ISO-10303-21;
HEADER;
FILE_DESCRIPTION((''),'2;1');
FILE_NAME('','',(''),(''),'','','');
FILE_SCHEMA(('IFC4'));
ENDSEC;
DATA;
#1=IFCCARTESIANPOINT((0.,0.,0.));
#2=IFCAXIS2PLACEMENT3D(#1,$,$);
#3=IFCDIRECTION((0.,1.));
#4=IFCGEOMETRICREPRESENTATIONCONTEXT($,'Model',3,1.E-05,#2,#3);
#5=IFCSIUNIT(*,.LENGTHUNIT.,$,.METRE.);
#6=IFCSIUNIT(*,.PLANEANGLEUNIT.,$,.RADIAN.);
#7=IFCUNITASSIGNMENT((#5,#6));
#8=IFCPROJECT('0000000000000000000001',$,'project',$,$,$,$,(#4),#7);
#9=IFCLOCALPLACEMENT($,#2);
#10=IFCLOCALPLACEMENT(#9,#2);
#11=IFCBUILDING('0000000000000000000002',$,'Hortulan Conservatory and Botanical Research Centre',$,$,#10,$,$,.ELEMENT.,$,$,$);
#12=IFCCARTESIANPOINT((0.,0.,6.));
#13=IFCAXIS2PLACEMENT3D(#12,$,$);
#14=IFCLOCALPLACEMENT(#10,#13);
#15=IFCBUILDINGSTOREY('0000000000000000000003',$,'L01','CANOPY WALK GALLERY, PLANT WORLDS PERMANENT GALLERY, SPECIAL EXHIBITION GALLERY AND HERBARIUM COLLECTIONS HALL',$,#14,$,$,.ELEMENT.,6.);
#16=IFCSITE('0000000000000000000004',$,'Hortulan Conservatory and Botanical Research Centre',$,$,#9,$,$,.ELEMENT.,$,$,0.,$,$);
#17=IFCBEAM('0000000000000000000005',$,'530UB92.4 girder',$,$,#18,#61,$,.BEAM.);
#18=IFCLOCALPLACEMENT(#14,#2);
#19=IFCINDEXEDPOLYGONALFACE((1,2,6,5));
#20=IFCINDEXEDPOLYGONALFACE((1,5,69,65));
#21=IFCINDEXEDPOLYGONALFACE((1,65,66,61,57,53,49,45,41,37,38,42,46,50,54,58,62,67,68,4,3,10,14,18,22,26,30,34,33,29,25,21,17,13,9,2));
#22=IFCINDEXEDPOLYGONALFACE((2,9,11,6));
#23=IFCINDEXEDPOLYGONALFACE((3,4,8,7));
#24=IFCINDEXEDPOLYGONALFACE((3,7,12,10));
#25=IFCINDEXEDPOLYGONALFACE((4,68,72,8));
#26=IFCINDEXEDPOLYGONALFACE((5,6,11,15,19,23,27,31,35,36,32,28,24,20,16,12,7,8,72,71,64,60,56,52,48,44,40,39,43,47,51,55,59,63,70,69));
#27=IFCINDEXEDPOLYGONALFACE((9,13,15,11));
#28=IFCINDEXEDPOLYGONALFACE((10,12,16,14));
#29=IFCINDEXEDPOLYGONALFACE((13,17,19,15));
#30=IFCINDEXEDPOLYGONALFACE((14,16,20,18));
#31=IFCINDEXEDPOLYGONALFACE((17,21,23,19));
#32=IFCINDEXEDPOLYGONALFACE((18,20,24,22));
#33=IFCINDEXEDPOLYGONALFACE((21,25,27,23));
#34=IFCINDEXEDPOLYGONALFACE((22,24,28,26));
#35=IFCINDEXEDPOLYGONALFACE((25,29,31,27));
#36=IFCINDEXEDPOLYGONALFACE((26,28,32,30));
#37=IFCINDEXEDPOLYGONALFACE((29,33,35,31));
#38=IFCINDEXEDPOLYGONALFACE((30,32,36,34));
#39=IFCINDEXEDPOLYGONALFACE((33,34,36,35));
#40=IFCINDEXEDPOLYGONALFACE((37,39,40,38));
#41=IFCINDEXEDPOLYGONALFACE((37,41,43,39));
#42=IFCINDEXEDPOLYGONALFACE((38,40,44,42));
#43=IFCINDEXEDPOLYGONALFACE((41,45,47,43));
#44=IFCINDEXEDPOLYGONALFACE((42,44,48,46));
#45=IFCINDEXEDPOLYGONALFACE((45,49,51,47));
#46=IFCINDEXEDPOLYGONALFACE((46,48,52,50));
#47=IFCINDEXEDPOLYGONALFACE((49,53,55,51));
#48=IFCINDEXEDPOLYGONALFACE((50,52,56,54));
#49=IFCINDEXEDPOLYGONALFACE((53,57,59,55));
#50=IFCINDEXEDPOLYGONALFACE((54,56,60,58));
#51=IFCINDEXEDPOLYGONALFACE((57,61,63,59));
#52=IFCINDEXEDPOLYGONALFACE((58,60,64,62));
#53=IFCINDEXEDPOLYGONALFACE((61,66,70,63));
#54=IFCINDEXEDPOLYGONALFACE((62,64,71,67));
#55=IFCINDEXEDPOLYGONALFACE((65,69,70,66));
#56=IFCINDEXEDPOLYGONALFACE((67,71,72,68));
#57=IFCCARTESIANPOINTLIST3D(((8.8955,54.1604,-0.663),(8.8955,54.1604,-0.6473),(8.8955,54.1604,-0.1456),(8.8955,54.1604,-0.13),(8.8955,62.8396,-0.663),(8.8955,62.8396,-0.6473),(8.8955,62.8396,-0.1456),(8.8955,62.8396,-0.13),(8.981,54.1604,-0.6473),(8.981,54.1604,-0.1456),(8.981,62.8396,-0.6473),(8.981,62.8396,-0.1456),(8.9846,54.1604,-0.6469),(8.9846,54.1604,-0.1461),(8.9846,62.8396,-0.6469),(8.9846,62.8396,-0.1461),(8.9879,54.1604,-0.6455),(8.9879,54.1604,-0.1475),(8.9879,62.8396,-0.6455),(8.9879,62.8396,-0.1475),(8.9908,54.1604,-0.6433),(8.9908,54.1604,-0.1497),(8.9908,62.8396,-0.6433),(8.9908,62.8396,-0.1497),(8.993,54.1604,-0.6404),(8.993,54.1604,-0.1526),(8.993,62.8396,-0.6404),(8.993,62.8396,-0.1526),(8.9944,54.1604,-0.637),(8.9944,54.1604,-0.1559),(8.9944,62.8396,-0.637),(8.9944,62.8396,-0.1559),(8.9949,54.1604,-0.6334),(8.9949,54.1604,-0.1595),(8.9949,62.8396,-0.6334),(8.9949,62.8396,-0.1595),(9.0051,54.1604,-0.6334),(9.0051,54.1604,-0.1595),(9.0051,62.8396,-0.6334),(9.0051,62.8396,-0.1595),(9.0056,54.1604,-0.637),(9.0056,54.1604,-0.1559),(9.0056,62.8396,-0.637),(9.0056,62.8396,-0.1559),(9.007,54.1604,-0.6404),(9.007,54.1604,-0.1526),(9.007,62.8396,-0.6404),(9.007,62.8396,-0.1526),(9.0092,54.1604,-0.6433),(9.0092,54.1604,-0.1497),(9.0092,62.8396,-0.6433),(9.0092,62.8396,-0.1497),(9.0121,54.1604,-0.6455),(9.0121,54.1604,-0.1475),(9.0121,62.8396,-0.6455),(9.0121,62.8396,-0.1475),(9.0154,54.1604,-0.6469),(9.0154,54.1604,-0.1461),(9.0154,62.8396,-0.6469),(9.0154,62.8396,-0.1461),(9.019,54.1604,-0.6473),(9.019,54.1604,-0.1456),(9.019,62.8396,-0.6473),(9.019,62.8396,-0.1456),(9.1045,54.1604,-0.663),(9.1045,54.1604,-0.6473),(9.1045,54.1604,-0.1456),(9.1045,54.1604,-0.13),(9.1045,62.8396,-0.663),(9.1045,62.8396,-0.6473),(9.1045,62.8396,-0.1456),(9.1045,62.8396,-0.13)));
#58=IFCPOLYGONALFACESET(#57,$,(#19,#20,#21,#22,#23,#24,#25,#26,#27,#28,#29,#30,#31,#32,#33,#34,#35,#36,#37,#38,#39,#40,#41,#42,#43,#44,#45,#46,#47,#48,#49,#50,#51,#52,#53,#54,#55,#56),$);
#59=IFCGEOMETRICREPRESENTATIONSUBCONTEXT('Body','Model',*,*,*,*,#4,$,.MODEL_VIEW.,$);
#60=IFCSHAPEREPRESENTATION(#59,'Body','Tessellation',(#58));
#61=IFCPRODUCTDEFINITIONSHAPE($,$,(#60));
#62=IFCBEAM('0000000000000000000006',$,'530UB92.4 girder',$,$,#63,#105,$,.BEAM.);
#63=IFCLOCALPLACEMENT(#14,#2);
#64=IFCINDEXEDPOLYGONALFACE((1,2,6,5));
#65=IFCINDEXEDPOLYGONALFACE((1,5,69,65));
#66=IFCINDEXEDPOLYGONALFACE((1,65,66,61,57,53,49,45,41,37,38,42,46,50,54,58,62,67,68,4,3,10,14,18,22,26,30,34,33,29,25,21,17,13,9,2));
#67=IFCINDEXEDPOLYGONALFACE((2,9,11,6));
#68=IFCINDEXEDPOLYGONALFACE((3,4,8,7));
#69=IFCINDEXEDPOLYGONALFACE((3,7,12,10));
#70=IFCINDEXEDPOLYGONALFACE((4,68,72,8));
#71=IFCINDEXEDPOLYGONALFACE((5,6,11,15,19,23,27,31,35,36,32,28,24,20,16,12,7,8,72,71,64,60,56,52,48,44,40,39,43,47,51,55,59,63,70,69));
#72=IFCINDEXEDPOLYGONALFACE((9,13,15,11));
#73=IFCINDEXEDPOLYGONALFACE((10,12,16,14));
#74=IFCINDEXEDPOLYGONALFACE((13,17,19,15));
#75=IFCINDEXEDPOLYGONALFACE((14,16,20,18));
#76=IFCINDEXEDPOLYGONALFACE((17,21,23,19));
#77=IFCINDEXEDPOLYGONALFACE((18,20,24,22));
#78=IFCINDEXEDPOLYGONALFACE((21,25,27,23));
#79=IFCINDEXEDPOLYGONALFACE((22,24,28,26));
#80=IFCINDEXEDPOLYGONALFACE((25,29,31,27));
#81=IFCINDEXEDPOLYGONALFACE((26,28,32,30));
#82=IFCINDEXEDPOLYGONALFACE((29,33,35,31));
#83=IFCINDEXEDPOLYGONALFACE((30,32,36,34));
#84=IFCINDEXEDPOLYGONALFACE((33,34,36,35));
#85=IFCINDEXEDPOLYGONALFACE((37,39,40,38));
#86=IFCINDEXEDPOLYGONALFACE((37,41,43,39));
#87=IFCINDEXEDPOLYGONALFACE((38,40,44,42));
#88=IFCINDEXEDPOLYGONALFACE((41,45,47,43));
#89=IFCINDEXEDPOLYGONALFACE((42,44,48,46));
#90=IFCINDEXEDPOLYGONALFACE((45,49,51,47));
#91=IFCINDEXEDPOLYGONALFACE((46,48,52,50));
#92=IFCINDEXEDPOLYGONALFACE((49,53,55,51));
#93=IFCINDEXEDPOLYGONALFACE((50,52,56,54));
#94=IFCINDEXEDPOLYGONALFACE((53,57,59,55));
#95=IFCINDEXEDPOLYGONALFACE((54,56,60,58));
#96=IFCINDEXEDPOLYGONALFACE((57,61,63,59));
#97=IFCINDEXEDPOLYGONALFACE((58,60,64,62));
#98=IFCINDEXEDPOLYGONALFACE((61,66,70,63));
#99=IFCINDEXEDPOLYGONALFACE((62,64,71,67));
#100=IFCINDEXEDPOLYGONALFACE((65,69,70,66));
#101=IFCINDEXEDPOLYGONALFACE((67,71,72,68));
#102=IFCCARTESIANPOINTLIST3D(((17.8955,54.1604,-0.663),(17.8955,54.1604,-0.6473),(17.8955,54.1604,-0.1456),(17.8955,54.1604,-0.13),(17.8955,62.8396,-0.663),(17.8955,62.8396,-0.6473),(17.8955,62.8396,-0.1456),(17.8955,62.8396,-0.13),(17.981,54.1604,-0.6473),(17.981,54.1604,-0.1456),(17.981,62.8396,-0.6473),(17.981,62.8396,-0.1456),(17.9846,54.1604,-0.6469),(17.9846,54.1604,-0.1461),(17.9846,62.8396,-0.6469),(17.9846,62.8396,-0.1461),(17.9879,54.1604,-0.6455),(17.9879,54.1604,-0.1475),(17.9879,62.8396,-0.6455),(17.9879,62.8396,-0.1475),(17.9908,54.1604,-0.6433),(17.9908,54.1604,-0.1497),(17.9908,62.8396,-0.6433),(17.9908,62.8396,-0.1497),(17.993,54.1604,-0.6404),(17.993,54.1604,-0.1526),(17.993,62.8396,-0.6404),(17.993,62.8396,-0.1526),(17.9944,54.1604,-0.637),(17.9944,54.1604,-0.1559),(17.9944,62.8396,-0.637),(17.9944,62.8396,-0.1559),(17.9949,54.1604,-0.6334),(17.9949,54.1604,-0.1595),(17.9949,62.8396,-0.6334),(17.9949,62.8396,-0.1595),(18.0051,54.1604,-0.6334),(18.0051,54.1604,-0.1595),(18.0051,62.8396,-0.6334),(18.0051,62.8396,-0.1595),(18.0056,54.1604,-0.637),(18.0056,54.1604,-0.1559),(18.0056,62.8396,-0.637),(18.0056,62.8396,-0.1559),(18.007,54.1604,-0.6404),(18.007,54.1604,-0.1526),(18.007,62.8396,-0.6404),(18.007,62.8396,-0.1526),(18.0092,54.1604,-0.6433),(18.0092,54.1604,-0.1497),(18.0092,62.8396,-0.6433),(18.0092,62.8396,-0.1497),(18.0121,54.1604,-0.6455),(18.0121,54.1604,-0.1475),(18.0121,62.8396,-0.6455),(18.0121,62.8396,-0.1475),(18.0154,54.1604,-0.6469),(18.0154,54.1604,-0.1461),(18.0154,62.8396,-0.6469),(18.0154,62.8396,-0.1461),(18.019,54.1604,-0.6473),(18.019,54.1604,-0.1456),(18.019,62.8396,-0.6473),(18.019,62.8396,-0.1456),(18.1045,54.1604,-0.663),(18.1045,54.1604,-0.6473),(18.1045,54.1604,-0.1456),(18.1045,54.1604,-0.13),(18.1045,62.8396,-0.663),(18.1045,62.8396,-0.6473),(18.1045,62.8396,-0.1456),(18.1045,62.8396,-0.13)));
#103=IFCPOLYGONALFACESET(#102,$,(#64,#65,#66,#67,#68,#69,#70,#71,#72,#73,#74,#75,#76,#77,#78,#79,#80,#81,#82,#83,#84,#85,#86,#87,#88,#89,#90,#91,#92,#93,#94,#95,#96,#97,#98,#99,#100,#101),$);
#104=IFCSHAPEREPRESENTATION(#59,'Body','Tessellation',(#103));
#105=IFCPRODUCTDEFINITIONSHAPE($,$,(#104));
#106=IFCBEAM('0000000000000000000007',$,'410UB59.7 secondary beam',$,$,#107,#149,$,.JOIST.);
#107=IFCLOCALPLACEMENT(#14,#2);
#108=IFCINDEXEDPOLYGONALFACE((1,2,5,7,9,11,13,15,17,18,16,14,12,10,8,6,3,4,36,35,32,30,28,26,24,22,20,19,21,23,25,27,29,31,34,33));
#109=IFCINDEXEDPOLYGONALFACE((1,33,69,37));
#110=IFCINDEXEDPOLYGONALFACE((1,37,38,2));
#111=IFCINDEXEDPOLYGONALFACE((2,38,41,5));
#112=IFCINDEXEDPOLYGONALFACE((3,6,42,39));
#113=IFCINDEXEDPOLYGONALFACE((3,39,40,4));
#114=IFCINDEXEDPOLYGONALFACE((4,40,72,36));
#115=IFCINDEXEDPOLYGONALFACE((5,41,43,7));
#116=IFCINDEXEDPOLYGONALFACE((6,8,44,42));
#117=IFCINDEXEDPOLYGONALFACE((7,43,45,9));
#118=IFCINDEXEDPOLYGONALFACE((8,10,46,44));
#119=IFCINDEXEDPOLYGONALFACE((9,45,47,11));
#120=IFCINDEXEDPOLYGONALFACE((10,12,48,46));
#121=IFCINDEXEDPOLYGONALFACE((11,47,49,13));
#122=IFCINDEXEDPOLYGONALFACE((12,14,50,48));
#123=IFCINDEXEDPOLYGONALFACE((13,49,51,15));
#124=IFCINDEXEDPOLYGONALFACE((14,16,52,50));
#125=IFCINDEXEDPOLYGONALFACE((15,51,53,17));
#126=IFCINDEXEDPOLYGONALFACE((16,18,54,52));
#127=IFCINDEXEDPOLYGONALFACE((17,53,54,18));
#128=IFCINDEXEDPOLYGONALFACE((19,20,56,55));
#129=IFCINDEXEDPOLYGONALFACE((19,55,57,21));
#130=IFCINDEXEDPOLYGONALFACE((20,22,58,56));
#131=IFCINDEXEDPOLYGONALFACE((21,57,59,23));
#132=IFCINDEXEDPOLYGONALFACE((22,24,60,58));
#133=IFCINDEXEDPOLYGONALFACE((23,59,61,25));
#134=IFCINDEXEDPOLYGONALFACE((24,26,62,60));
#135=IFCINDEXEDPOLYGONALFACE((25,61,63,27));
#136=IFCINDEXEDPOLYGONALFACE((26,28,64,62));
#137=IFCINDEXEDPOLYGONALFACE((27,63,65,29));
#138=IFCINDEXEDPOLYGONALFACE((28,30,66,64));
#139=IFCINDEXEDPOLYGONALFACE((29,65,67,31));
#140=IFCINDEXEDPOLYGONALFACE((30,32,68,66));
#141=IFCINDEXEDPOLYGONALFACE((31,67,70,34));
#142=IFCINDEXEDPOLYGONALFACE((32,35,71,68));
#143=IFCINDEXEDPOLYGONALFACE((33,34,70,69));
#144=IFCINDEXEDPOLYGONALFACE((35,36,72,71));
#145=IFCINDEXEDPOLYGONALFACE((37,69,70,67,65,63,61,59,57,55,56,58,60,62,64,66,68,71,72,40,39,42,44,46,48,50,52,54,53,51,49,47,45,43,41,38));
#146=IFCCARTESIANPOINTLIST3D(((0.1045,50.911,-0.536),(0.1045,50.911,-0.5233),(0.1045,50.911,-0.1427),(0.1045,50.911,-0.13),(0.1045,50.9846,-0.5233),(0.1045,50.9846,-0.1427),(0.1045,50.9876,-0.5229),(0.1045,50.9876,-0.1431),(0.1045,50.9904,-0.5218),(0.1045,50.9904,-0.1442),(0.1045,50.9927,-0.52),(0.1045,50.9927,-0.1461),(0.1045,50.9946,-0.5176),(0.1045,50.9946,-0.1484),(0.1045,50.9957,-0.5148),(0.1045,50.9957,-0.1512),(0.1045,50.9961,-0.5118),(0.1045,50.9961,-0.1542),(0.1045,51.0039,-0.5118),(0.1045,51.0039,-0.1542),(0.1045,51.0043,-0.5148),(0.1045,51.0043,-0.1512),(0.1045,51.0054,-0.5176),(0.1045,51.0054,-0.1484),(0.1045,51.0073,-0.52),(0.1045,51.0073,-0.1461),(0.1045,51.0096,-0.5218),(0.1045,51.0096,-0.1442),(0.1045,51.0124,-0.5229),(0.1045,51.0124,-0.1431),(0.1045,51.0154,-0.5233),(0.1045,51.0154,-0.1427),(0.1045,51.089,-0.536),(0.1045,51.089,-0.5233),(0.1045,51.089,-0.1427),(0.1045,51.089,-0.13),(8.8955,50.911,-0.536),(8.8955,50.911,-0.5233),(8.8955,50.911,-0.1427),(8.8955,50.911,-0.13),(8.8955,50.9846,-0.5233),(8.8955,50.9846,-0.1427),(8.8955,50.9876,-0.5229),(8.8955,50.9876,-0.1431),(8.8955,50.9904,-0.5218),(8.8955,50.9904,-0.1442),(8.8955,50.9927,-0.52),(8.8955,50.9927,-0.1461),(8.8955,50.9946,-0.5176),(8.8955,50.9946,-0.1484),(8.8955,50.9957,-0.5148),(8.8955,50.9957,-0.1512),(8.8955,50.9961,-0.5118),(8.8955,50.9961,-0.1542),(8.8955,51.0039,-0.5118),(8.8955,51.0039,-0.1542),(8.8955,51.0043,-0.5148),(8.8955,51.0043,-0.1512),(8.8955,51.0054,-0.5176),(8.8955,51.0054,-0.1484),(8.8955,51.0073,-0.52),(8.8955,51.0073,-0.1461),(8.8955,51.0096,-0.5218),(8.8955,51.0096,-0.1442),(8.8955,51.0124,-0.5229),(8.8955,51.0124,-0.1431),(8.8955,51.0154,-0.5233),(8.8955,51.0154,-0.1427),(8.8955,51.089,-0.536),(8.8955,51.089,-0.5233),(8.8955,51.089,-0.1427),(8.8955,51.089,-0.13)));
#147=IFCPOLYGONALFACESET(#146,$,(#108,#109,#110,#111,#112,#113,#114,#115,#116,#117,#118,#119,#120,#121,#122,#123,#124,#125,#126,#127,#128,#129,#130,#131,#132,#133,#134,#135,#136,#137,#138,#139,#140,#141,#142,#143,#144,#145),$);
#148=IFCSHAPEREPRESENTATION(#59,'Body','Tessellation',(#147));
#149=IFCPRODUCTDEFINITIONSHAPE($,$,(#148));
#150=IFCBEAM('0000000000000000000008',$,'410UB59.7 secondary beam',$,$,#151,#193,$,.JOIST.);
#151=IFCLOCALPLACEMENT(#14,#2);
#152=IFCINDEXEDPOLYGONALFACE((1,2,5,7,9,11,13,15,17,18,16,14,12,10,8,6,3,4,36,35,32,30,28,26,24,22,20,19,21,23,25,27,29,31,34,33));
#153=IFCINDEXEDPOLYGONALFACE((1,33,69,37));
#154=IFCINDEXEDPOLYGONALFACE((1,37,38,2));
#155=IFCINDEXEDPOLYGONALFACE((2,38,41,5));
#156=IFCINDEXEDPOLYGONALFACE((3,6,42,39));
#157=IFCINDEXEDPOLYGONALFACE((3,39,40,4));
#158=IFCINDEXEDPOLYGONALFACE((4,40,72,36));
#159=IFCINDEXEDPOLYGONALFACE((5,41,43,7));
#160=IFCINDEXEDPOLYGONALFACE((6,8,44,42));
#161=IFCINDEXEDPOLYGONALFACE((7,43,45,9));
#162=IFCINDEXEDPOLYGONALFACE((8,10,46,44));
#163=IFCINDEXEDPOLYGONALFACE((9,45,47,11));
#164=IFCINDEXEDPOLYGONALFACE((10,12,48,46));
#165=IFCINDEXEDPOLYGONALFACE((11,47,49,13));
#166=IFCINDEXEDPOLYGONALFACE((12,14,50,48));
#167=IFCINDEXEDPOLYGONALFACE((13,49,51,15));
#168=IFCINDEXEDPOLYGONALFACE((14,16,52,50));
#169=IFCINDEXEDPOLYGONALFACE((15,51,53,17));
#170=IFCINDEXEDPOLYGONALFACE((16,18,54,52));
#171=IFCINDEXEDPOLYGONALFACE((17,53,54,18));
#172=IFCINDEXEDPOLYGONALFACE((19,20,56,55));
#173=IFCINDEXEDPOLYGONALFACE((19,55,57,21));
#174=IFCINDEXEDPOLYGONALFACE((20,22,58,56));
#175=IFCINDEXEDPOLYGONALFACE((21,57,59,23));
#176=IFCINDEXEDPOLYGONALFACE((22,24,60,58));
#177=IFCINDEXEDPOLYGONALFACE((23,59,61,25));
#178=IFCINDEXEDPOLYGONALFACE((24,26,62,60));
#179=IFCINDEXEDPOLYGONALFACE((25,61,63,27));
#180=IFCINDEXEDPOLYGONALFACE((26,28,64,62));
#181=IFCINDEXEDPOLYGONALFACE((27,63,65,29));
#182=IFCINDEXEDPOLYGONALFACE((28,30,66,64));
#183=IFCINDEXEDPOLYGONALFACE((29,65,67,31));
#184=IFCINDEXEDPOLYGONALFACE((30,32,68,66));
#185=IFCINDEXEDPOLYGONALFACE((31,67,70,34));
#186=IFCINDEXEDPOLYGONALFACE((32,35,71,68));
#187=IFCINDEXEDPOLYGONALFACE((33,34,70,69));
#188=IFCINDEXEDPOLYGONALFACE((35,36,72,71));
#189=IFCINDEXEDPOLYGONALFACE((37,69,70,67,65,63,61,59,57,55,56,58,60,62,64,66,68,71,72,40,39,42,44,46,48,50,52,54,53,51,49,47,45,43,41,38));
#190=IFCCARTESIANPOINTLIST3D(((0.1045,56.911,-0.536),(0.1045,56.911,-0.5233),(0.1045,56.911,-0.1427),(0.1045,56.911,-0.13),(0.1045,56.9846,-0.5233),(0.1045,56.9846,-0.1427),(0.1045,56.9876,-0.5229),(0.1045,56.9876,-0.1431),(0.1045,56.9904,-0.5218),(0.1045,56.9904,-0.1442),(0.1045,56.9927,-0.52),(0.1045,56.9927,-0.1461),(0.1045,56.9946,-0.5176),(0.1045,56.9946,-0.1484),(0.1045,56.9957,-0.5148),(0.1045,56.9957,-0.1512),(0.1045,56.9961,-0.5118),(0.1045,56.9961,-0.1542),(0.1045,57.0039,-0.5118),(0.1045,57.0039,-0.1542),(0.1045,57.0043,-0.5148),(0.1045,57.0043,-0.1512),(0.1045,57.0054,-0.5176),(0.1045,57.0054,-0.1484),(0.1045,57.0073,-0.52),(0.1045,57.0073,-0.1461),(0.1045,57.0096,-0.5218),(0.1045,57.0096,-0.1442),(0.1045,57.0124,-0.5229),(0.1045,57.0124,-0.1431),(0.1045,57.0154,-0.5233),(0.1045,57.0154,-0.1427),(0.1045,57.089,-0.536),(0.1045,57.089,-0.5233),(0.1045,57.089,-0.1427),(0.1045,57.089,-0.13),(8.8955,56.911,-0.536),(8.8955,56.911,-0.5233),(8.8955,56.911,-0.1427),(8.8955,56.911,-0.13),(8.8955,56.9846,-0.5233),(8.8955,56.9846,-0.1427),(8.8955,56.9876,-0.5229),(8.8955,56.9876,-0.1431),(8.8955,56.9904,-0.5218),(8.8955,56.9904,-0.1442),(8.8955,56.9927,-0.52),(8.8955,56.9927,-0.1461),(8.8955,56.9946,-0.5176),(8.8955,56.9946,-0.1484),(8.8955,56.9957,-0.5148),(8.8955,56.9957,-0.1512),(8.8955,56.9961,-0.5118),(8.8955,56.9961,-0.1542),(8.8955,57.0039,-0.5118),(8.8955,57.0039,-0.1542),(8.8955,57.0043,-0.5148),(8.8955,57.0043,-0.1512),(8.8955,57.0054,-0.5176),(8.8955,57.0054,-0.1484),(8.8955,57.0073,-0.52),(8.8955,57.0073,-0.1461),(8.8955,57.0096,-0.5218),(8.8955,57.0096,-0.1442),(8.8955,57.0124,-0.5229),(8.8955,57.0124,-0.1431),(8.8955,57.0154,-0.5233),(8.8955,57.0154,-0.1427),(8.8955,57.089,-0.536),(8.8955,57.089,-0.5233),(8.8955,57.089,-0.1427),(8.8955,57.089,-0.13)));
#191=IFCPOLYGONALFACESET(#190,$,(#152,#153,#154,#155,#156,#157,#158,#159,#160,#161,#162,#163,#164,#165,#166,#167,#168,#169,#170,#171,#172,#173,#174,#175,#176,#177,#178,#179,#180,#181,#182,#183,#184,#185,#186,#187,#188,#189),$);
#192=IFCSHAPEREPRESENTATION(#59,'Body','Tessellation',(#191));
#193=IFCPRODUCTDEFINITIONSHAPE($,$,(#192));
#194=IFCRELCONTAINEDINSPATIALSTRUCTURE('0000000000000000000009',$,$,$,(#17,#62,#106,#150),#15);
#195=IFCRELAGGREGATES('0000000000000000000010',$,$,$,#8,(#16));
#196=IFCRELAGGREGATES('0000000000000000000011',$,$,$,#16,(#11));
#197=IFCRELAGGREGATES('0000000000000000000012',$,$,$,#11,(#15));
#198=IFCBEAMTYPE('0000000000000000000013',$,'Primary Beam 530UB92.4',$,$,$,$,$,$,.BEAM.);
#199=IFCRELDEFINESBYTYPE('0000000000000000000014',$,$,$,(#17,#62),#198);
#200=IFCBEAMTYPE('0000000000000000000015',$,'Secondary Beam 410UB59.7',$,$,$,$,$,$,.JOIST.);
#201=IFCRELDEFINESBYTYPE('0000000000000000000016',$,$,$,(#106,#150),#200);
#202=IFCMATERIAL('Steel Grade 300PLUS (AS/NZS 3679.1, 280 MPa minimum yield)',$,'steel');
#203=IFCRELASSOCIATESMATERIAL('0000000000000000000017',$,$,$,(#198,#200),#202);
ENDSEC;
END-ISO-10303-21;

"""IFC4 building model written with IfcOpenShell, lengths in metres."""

from ifc_helpers import new_model, si_unit, direction, frame, origin, origin_2d, place, context, subcontext, project, spatial, i_section, extrude, material, material_profile, profile_set, type_object, element, save


model = new_model("IFC4")

# Units and contexts
model_context = context("Model", 3, precision=1e-05, world=origin(), true_north=direction((0.0, 1.0)))
body_context = subcontext(model_context, "Body", "Model", "MODEL_VIEW")
ifc_project = project(units=[si_unit("LENGTHUNIT", "METRE"), si_unit("PLANEANGLEUNIT", "RADIAN")], contexts=[model_context])

# Site, building, storey
site_placement = place(None, origin())
site = spatial("IfcSite", under=ifc_project, at=site_placement, Name="Hortulan Conservatory and Botanical Research Centre", CompositionType="ELEMENT", RefElevation=0.0)
building_placement = place(site_placement, origin())
building = spatial("IfcBuilding", under=site, at=building_placement, Name="Hortulan Conservatory and Botanical Research Centre", CompositionType="ELEMENT")
storey_placement = place(building_placement, frame((0.0, 0.0, 6.0)))
storey = spatial("IfcBuildingStorey", under=building, at=storey_placement, Name="L01", Description="CANOPY WALK GALLERY, PLANT WORLDS PERMANENT GALLERY, SPECIAL EXHIBITION GALLERY AND HERBARIUM COLLECTIONS HALL", CompositionType="ELEMENT", Elevation=6.0)

# Shared definitions
ifc_material_1 = material(Name="Steel Grade 300PLUS (AS/NZS 3679.1, 280 MPa minimum yield)", Category="steel")

# Beams
ifc_material_profile_1 = material_profile(ifc_material_1, i_section(OverallWidth=0.209, OverallDepth=0.533, WebThickness=0.0103, FlangeThickness=0.0156, FilletRadius=0.0139, at=origin_2d()), Name="530UB92.4")
ifc_profile_set_1 = profile_set([ifc_material_profile_1], Name="Steel Grade 300PLUS (AS/NZS 3679.1, 280 MPa minimum yield)")
beam_type_1 = type_object("IfcBeamType", Name="Primary Beam 530UB92.4", PredefinedType="BEAM", material=ifc_profile_set_1)
for number, where, z_axis, x_axis, name in (
    (1, (9.0, 54.1604, -0.3965), (0.0, 1.0, 0.0), (-1.0, 0.0, 0.0), "530UB92.4 girder"),
    (2, (18.0, 54.1604, -0.3965), (0.0, 1.0, 0.0), (-1.0, 0.0, 0.0), "530UB92.4 girder"),
):
    element("IfcBeam", number, at=place(storey_placement, frame(where, z_axis=z_axis, x_axis=x_axis)), inside=storey, type_object=beam_type_1, Name=name, PredefinedType="BEAM", context=body_context, shape_type="SweptSolid", body=[
        extrude(i_section(OverallWidth=0.209, OverallDepth=0.533, WebThickness=0.0103, FlangeThickness=0.0156, FilletRadius=0.0139, at=origin_2d()), origin(), (0.0, 0.0, 1.0), 8.6792),
    ])
ifc_material_profile_2 = material_profile(ifc_material_1, i_section(OverallWidth=0.178, OverallDepth=0.406, WebThickness=0.0078, FlangeThickness=0.0127, FilletRadius=0.0115, at=origin_2d()), Name="410UB59.7")
ifc_profile_set_2 = profile_set([ifc_material_profile_2], Name="Steel Grade 300PLUS (AS/NZS 3679.1, 280 MPa minimum yield)")
beam_type_2 = type_object("IfcBeamType", Name="Secondary Beam 410UB59.7", PredefinedType="JOIST", material=ifc_profile_set_2)
for number, where, z_axis, x_axis, name in (
    (3, (0.1045, 51.0, -0.333), (1.0, 0.0, 0.0), (0.0, 1.0, 0.0), "410UB59.7 secondary beam"),
    (4, (0.1045, 57.0, -0.333), (1.0, 0.0, 0.0), (0.0, 1.0, 0.0), "410UB59.7 secondary beam"),
):
    element("IfcBeam", number, at=place(storey_placement, frame(where, z_axis=z_axis, x_axis=x_axis)), inside=storey, type_object=beam_type_2, Name=name, PredefinedType="JOIST", context=body_context, shape_type="SweptSolid", body=[
        extrude(i_section(OverallWidth=0.178, OverallDepth=0.406, WebThickness=0.0078, FlangeThickness=0.0127, FilletRadius=0.0115, at=origin_2d()), origin(), (0.0, 0.0, 1.0), 8.791),
    ])

save(model, "model.ifc")
